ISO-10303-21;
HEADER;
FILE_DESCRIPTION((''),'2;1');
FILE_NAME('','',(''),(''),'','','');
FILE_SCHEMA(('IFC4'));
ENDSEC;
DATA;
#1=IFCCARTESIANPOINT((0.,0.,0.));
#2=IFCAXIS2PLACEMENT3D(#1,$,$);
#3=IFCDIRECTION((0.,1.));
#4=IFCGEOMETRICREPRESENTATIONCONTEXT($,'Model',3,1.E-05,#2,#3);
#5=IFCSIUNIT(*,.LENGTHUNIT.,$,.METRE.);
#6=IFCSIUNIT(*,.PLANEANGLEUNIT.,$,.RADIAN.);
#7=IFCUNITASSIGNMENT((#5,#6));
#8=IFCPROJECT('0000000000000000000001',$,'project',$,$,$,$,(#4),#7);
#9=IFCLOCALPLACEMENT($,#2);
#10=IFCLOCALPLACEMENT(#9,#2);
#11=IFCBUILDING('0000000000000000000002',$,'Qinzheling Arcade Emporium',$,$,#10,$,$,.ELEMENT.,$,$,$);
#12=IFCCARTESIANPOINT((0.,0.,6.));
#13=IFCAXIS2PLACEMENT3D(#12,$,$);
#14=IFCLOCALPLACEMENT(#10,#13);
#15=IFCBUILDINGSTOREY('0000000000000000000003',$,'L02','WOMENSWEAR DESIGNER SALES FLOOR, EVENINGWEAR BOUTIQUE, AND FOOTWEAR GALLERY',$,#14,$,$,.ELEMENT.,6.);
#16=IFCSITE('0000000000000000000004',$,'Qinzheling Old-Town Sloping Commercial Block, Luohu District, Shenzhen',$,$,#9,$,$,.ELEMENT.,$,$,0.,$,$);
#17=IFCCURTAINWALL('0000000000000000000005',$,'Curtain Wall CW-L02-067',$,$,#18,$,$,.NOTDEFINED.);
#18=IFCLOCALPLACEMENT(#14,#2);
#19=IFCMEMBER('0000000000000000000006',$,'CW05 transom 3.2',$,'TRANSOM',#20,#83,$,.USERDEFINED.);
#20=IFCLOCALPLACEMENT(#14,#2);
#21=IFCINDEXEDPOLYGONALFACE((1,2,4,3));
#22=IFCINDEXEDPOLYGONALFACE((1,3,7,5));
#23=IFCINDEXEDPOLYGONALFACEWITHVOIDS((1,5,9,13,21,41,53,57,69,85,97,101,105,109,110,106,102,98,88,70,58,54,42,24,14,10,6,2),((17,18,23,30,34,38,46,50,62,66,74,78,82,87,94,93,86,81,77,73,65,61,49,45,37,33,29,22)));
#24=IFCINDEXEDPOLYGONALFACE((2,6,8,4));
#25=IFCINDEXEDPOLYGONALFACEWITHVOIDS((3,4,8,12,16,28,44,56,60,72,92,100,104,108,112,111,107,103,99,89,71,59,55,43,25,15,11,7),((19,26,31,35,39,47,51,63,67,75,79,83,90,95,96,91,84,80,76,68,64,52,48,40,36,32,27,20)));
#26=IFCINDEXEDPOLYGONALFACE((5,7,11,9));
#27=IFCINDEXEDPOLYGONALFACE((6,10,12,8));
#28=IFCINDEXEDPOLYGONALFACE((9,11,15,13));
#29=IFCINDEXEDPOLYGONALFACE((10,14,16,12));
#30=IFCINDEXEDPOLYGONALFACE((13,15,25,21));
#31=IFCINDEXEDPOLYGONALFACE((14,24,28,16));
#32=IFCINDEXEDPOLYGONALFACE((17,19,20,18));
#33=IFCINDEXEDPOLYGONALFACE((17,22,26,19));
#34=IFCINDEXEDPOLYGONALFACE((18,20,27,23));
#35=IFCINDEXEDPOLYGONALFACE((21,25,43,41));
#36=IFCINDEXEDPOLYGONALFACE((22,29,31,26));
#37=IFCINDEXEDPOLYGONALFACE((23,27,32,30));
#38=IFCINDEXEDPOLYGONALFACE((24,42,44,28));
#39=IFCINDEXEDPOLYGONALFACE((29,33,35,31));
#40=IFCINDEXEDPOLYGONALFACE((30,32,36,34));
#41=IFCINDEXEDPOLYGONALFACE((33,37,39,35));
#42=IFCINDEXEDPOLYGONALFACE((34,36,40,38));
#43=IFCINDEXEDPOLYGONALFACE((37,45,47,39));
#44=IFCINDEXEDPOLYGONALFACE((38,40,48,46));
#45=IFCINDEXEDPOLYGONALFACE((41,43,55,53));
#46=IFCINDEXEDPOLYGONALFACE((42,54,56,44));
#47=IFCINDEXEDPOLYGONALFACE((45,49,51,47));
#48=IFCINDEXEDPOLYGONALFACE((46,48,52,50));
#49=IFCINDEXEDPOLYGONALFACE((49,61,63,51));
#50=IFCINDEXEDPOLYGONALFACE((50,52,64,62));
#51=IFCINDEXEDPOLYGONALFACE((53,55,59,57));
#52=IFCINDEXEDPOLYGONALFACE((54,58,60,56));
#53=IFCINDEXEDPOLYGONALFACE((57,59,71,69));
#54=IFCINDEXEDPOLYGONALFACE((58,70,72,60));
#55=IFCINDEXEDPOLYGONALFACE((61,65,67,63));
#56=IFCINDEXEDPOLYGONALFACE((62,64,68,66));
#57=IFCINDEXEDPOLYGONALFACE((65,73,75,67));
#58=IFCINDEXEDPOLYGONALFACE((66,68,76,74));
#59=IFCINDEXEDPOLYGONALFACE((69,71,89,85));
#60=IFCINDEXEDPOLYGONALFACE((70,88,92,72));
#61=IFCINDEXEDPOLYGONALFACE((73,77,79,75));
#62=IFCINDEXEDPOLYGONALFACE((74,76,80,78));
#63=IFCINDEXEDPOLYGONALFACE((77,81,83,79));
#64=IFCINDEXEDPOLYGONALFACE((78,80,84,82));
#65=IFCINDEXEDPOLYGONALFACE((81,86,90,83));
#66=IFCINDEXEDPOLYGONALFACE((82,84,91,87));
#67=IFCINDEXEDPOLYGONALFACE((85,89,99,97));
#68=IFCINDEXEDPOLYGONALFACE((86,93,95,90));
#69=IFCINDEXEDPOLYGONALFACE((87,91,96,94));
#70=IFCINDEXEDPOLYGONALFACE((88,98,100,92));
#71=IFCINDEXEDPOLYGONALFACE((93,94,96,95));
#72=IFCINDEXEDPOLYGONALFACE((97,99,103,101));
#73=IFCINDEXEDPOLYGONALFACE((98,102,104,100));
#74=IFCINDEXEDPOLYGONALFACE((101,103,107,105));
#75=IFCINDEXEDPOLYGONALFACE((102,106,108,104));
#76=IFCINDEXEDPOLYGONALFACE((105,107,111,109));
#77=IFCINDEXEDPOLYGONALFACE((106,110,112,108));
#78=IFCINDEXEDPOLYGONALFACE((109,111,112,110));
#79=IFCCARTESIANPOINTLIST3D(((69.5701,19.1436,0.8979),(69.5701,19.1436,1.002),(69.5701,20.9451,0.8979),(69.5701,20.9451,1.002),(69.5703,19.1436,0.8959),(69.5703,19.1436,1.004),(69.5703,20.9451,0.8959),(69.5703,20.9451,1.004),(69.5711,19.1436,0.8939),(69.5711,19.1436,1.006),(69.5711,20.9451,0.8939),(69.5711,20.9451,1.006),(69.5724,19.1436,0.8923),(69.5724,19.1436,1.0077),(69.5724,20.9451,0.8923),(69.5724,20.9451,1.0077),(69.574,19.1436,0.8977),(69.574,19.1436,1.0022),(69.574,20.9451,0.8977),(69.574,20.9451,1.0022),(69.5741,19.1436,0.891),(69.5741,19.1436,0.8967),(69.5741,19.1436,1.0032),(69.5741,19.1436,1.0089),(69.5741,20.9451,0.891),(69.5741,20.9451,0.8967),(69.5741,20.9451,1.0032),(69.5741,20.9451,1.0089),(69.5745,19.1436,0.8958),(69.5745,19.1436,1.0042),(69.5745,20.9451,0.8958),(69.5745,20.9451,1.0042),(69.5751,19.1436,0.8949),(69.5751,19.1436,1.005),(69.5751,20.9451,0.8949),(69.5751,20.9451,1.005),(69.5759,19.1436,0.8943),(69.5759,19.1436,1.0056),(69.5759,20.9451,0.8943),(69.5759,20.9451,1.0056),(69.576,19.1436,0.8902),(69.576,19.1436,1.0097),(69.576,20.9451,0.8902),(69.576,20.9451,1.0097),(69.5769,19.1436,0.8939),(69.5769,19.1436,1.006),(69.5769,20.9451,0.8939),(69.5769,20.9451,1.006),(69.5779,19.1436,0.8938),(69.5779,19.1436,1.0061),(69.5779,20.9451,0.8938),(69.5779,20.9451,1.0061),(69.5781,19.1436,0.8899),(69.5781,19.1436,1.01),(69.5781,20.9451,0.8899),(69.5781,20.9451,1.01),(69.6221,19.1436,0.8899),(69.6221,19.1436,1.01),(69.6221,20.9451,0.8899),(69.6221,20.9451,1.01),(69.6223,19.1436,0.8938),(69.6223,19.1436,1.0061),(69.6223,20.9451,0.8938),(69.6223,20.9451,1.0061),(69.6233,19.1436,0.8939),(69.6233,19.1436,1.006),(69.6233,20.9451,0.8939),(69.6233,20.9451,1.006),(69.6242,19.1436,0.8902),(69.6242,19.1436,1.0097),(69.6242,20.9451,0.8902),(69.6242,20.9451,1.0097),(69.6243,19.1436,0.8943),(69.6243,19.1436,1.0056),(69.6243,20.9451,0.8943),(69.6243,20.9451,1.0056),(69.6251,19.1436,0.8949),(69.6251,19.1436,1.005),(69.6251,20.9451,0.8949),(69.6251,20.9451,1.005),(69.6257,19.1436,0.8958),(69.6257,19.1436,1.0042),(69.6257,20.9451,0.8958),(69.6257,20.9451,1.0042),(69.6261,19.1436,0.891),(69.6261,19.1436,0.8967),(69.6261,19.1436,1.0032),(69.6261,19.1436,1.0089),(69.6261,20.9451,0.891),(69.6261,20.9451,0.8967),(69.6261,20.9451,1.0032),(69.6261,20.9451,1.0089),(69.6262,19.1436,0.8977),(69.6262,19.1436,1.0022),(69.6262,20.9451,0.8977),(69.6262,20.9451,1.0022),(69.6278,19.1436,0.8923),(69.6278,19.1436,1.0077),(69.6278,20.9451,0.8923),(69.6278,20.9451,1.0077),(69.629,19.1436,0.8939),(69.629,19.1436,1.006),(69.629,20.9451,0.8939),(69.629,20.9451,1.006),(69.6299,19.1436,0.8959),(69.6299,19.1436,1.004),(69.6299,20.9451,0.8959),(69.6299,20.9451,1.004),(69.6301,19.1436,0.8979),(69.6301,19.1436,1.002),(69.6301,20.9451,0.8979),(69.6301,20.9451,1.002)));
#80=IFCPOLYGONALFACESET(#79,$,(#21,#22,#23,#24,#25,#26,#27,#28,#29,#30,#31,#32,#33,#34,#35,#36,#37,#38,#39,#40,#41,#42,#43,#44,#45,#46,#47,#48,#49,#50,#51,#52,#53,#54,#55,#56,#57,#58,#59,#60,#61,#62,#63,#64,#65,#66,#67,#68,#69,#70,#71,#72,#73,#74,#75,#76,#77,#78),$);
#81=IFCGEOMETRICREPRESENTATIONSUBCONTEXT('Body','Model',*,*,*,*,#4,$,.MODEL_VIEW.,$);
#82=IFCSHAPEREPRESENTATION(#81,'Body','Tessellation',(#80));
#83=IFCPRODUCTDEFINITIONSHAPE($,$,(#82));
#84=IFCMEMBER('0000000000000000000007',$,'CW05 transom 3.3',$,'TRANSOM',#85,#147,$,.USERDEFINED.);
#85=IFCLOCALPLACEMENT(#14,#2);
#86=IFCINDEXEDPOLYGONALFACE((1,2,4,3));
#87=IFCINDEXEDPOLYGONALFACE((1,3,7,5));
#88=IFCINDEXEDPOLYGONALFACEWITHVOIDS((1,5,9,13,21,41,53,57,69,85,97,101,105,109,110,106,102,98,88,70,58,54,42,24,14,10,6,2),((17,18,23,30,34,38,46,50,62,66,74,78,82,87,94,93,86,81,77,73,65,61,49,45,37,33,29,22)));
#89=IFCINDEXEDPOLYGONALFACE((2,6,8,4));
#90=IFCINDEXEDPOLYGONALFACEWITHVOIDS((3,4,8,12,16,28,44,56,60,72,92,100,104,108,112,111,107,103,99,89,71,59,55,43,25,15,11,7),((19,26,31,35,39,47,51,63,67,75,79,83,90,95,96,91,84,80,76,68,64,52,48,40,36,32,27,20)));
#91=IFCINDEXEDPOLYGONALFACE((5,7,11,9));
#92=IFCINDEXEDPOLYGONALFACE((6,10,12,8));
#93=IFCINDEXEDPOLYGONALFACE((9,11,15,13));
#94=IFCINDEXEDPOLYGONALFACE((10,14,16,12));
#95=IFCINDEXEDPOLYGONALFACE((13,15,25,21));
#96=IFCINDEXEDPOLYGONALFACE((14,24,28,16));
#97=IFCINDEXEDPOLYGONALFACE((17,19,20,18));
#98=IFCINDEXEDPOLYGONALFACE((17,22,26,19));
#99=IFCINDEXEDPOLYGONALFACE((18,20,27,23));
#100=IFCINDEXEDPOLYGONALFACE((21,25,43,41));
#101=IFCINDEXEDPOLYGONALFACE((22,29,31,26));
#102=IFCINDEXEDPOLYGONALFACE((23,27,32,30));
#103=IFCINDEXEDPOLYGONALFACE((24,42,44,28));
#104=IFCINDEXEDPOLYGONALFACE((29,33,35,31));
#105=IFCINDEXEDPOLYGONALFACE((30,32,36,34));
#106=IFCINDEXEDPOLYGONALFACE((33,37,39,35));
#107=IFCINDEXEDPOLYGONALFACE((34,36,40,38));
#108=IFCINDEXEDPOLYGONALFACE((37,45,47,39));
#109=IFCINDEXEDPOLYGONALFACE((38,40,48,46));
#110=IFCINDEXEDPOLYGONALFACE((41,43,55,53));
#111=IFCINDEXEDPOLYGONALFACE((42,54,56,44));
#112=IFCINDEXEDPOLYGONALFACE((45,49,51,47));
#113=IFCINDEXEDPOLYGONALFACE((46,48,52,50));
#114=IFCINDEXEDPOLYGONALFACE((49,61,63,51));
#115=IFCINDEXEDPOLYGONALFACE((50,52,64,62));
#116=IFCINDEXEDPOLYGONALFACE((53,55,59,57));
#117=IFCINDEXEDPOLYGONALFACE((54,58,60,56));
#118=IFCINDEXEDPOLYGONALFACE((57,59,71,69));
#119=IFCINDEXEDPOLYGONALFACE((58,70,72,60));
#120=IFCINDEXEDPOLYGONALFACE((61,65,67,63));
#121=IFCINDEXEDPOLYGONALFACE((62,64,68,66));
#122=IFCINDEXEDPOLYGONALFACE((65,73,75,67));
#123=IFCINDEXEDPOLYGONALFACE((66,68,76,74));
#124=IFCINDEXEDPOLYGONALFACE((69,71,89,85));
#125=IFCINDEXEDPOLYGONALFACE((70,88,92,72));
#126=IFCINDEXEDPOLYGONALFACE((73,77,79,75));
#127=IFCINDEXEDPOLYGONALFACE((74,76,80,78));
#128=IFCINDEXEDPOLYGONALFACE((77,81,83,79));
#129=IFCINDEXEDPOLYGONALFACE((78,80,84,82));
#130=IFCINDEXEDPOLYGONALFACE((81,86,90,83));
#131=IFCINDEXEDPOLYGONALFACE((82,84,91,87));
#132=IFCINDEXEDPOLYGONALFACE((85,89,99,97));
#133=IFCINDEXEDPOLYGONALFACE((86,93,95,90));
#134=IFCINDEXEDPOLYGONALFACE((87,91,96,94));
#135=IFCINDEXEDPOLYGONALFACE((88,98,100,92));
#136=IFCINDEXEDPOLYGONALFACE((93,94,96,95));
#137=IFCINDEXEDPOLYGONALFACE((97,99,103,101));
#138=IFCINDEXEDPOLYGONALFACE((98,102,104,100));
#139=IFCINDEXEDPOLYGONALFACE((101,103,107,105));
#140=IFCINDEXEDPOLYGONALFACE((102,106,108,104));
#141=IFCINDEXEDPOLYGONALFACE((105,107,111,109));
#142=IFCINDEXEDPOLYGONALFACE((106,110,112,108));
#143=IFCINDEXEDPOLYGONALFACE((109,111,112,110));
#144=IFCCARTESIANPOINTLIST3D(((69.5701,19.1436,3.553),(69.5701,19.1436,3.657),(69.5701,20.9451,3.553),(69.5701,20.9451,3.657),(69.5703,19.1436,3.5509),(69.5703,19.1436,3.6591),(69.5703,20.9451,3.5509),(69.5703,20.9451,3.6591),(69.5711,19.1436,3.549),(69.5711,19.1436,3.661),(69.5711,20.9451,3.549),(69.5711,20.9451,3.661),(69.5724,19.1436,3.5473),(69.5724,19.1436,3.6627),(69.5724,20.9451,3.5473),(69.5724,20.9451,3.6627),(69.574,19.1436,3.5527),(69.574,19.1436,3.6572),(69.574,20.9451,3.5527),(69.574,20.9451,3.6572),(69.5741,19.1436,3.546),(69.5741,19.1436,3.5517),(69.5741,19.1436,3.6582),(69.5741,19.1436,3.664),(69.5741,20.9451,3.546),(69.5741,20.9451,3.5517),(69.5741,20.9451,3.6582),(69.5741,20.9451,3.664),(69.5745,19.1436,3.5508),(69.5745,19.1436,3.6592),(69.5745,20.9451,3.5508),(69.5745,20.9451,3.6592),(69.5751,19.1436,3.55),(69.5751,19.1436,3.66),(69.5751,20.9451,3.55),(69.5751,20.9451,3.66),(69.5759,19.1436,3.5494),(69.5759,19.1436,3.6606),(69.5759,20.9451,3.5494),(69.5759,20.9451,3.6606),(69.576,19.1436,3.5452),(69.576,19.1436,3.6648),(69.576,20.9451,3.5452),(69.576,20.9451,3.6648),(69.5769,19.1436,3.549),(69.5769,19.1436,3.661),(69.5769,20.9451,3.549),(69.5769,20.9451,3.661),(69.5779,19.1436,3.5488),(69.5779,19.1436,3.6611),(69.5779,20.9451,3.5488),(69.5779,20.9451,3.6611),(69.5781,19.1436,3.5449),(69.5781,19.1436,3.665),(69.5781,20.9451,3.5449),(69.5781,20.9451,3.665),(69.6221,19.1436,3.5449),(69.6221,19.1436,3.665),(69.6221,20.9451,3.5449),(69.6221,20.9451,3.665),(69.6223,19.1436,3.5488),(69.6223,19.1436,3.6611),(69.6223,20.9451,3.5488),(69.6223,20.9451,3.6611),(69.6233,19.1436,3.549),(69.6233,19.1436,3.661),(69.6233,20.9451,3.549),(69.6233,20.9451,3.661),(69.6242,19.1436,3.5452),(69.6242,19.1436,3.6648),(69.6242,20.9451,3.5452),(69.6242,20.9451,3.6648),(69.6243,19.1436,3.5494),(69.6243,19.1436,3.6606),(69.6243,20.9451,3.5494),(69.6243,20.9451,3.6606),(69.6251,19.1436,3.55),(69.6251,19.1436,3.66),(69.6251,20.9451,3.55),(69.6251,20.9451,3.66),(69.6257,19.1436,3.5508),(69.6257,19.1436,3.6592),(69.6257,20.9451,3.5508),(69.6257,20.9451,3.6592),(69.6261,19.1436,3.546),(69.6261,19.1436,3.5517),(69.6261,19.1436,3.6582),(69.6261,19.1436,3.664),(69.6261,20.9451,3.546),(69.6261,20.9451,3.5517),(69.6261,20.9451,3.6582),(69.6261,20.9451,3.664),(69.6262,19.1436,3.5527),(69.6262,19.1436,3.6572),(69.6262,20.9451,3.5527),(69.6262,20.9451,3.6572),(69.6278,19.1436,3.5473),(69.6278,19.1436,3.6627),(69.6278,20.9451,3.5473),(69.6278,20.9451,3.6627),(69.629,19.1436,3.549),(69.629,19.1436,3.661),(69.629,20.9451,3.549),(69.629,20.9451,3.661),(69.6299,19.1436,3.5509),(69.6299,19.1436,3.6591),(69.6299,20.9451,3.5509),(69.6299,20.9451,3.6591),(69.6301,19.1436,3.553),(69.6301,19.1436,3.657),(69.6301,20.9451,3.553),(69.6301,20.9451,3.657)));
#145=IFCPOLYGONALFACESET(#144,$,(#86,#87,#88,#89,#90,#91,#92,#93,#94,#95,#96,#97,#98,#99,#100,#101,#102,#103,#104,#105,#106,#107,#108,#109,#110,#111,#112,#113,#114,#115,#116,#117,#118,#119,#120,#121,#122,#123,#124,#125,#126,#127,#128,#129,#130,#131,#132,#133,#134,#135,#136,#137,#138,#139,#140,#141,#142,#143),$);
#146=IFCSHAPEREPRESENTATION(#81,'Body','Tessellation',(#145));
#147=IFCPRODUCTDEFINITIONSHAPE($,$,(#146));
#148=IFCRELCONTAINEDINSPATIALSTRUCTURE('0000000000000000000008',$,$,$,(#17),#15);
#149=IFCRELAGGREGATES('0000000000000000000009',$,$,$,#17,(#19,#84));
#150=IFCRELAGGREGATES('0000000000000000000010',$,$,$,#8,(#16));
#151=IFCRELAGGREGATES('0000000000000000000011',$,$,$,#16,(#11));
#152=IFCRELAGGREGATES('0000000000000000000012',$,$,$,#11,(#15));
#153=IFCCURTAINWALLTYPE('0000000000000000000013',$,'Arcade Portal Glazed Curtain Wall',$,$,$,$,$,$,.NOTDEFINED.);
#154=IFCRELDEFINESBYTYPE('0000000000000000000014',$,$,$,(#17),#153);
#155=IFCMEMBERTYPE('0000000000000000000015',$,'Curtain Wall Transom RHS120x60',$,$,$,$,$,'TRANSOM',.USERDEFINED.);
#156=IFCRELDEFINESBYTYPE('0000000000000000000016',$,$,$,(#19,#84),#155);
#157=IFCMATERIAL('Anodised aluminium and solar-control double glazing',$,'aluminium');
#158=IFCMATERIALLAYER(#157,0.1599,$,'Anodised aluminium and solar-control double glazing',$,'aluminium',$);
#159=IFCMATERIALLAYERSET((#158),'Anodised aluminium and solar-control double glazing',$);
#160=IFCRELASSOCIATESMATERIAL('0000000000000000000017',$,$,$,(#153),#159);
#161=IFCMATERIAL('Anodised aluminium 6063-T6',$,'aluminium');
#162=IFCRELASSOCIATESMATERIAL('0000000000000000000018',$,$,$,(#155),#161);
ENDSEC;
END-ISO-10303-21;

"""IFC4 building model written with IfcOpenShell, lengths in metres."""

from ifc_helpers import new_model, si_unit, direction, frame, origin, origin_2d, place, context, subcontext, project, spatial, hollow_rectangle, extrude, material, layer, layer_set, material_profile, profile_set, type_object, element, aggregate, save


model = new_model("IFC4")

# Units and contexts
model_context = context("Model", 3, precision=1e-05, world=origin(), true_north=direction((0.0, 1.0)))
body_context = subcontext(model_context, "Body", "Model", "MODEL_VIEW")
ifc_project = project(units=[si_unit("LENGTHUNIT", "METRE"), si_unit("PLANEANGLEUNIT", "RADIAN")], contexts=[model_context])

# Site, building, storey
site_placement = place(None, origin())
site = spatial("IfcSite", under=ifc_project, at=site_placement, Name="Qinzheling Old-Town Sloping Commercial Block, Luohu District, Shenzhen", CompositionType="ELEMENT", RefElevation=0.0)
building_placement = place(site_placement, origin())
building = spatial("IfcBuilding", under=site, at=building_placement, Name="Qinzheling Arcade Emporium", CompositionType="ELEMENT")
storey_placement = place(building_placement, frame((0.0, 0.0, 6.0)))
storey = spatial("IfcBuildingStorey", under=building, at=storey_placement, Name="L02", Description="WOMENSWEAR DESIGNER SALES FLOOR, EVENINGWEAR BOUTIQUE, AND FOOTWEAR GALLERY", CompositionType="ELEMENT", Elevation=6.0)

# Curtain wall, members
ifc_material_1 = material(Name="Anodised aluminium and solar-control double glazing", Category="aluminium")
ifc_layer_1 = layer(ifc_material_1, 0.1599, Name="Anodised aluminium and solar-control double glazing", Category="aluminium")
ifc_layer_set_1 = layer_set([ifc_layer_1], Name="Anodised aluminium and solar-control double glazing")
curtain_wall_type = type_object("IfcCurtainWallType", Name="Arcade Portal Glazed Curtain Wall", PredefinedType="NOTDEFINED", material=ifc_layer_set_1)
curtain_wall_placement = place(storey_placement, origin())
curtain_wall = element("IfcCurtainWall", 1, at=curtain_wall_placement, inside=storey, type_object=curtain_wall_type, Name="Curtain Wall CW-L02-067", PredefinedType="NOTDEFINED")
ifc_material_2 = material(Name="Anodised aluminium 6063-T6", Category="aluminium")
ifc_material_profile_1 = material_profile(ifc_material_2, hollow_rectangle(XDim=0.0601, YDim=0.1201, WallThickness=0.0039, InnerFilletRadius=0.0039, OuterFilletRadius=0.0081, at=origin_2d()), Name="RHS 120x60x4", Category="aluminium")
ifc_profile_set_1 = profile_set([ifc_material_profile_1], Name="Anodised aluminium 6063-T6")
member_type_1 = type_object("IfcMemberType", Name="Curtain Wall Transom RHS120x60", ElementType="TRANSOM", PredefinedType="USERDEFINED", material=ifc_profile_set_1)
member_1_placement = place(storey_placement, frame((69.6001, 20.9451, 0.95), z_axis=(0.0, -1.0, 0.0), x_axis=(1.0, 0.0, 0.0)))
member_1 = element("IfcMember", 2, at=member_1_placement, type_object=member_type_1, Name="CW05 transom 3.2", ObjectType="TRANSOM", PredefinedType="USERDEFINED", context=body_context, shape_type="SweptSolid", body=[
    extrude(hollow_rectangle(XDim=0.0601, YDim=0.1201, WallThickness=0.0039, InnerFilletRadius=0.0039, OuterFilletRadius=0.0081, at=origin_2d()), origin(), (0.0, 0.0, 1.0), 1.8015),
])
member_2_placement = place(storey_placement, frame((69.6001, 20.9451, 3.605), z_axis=(0.0, -1.0, 0.0), x_axis=(1.0, 0.0, 0.0)))
member_2 = element("IfcMember", 3, at=member_2_placement, type_object=member_type_1, Name="CW05 transom 3.3", ObjectType="TRANSOM", PredefinedType="USERDEFINED", context=body_context, shape_type="SweptSolid", body=[
    extrude(hollow_rectangle(XDim=0.0601, YDim=0.1201, WallThickness=0.0039, InnerFilletRadius=0.0039, OuterFilletRadius=0.0081, at=origin_2d()), origin(), (0.0, 0.0, 1.0), 1.8015),
])
aggregate(curtain_wall, [member_1, member_2])

save(model, "model.ifc")
